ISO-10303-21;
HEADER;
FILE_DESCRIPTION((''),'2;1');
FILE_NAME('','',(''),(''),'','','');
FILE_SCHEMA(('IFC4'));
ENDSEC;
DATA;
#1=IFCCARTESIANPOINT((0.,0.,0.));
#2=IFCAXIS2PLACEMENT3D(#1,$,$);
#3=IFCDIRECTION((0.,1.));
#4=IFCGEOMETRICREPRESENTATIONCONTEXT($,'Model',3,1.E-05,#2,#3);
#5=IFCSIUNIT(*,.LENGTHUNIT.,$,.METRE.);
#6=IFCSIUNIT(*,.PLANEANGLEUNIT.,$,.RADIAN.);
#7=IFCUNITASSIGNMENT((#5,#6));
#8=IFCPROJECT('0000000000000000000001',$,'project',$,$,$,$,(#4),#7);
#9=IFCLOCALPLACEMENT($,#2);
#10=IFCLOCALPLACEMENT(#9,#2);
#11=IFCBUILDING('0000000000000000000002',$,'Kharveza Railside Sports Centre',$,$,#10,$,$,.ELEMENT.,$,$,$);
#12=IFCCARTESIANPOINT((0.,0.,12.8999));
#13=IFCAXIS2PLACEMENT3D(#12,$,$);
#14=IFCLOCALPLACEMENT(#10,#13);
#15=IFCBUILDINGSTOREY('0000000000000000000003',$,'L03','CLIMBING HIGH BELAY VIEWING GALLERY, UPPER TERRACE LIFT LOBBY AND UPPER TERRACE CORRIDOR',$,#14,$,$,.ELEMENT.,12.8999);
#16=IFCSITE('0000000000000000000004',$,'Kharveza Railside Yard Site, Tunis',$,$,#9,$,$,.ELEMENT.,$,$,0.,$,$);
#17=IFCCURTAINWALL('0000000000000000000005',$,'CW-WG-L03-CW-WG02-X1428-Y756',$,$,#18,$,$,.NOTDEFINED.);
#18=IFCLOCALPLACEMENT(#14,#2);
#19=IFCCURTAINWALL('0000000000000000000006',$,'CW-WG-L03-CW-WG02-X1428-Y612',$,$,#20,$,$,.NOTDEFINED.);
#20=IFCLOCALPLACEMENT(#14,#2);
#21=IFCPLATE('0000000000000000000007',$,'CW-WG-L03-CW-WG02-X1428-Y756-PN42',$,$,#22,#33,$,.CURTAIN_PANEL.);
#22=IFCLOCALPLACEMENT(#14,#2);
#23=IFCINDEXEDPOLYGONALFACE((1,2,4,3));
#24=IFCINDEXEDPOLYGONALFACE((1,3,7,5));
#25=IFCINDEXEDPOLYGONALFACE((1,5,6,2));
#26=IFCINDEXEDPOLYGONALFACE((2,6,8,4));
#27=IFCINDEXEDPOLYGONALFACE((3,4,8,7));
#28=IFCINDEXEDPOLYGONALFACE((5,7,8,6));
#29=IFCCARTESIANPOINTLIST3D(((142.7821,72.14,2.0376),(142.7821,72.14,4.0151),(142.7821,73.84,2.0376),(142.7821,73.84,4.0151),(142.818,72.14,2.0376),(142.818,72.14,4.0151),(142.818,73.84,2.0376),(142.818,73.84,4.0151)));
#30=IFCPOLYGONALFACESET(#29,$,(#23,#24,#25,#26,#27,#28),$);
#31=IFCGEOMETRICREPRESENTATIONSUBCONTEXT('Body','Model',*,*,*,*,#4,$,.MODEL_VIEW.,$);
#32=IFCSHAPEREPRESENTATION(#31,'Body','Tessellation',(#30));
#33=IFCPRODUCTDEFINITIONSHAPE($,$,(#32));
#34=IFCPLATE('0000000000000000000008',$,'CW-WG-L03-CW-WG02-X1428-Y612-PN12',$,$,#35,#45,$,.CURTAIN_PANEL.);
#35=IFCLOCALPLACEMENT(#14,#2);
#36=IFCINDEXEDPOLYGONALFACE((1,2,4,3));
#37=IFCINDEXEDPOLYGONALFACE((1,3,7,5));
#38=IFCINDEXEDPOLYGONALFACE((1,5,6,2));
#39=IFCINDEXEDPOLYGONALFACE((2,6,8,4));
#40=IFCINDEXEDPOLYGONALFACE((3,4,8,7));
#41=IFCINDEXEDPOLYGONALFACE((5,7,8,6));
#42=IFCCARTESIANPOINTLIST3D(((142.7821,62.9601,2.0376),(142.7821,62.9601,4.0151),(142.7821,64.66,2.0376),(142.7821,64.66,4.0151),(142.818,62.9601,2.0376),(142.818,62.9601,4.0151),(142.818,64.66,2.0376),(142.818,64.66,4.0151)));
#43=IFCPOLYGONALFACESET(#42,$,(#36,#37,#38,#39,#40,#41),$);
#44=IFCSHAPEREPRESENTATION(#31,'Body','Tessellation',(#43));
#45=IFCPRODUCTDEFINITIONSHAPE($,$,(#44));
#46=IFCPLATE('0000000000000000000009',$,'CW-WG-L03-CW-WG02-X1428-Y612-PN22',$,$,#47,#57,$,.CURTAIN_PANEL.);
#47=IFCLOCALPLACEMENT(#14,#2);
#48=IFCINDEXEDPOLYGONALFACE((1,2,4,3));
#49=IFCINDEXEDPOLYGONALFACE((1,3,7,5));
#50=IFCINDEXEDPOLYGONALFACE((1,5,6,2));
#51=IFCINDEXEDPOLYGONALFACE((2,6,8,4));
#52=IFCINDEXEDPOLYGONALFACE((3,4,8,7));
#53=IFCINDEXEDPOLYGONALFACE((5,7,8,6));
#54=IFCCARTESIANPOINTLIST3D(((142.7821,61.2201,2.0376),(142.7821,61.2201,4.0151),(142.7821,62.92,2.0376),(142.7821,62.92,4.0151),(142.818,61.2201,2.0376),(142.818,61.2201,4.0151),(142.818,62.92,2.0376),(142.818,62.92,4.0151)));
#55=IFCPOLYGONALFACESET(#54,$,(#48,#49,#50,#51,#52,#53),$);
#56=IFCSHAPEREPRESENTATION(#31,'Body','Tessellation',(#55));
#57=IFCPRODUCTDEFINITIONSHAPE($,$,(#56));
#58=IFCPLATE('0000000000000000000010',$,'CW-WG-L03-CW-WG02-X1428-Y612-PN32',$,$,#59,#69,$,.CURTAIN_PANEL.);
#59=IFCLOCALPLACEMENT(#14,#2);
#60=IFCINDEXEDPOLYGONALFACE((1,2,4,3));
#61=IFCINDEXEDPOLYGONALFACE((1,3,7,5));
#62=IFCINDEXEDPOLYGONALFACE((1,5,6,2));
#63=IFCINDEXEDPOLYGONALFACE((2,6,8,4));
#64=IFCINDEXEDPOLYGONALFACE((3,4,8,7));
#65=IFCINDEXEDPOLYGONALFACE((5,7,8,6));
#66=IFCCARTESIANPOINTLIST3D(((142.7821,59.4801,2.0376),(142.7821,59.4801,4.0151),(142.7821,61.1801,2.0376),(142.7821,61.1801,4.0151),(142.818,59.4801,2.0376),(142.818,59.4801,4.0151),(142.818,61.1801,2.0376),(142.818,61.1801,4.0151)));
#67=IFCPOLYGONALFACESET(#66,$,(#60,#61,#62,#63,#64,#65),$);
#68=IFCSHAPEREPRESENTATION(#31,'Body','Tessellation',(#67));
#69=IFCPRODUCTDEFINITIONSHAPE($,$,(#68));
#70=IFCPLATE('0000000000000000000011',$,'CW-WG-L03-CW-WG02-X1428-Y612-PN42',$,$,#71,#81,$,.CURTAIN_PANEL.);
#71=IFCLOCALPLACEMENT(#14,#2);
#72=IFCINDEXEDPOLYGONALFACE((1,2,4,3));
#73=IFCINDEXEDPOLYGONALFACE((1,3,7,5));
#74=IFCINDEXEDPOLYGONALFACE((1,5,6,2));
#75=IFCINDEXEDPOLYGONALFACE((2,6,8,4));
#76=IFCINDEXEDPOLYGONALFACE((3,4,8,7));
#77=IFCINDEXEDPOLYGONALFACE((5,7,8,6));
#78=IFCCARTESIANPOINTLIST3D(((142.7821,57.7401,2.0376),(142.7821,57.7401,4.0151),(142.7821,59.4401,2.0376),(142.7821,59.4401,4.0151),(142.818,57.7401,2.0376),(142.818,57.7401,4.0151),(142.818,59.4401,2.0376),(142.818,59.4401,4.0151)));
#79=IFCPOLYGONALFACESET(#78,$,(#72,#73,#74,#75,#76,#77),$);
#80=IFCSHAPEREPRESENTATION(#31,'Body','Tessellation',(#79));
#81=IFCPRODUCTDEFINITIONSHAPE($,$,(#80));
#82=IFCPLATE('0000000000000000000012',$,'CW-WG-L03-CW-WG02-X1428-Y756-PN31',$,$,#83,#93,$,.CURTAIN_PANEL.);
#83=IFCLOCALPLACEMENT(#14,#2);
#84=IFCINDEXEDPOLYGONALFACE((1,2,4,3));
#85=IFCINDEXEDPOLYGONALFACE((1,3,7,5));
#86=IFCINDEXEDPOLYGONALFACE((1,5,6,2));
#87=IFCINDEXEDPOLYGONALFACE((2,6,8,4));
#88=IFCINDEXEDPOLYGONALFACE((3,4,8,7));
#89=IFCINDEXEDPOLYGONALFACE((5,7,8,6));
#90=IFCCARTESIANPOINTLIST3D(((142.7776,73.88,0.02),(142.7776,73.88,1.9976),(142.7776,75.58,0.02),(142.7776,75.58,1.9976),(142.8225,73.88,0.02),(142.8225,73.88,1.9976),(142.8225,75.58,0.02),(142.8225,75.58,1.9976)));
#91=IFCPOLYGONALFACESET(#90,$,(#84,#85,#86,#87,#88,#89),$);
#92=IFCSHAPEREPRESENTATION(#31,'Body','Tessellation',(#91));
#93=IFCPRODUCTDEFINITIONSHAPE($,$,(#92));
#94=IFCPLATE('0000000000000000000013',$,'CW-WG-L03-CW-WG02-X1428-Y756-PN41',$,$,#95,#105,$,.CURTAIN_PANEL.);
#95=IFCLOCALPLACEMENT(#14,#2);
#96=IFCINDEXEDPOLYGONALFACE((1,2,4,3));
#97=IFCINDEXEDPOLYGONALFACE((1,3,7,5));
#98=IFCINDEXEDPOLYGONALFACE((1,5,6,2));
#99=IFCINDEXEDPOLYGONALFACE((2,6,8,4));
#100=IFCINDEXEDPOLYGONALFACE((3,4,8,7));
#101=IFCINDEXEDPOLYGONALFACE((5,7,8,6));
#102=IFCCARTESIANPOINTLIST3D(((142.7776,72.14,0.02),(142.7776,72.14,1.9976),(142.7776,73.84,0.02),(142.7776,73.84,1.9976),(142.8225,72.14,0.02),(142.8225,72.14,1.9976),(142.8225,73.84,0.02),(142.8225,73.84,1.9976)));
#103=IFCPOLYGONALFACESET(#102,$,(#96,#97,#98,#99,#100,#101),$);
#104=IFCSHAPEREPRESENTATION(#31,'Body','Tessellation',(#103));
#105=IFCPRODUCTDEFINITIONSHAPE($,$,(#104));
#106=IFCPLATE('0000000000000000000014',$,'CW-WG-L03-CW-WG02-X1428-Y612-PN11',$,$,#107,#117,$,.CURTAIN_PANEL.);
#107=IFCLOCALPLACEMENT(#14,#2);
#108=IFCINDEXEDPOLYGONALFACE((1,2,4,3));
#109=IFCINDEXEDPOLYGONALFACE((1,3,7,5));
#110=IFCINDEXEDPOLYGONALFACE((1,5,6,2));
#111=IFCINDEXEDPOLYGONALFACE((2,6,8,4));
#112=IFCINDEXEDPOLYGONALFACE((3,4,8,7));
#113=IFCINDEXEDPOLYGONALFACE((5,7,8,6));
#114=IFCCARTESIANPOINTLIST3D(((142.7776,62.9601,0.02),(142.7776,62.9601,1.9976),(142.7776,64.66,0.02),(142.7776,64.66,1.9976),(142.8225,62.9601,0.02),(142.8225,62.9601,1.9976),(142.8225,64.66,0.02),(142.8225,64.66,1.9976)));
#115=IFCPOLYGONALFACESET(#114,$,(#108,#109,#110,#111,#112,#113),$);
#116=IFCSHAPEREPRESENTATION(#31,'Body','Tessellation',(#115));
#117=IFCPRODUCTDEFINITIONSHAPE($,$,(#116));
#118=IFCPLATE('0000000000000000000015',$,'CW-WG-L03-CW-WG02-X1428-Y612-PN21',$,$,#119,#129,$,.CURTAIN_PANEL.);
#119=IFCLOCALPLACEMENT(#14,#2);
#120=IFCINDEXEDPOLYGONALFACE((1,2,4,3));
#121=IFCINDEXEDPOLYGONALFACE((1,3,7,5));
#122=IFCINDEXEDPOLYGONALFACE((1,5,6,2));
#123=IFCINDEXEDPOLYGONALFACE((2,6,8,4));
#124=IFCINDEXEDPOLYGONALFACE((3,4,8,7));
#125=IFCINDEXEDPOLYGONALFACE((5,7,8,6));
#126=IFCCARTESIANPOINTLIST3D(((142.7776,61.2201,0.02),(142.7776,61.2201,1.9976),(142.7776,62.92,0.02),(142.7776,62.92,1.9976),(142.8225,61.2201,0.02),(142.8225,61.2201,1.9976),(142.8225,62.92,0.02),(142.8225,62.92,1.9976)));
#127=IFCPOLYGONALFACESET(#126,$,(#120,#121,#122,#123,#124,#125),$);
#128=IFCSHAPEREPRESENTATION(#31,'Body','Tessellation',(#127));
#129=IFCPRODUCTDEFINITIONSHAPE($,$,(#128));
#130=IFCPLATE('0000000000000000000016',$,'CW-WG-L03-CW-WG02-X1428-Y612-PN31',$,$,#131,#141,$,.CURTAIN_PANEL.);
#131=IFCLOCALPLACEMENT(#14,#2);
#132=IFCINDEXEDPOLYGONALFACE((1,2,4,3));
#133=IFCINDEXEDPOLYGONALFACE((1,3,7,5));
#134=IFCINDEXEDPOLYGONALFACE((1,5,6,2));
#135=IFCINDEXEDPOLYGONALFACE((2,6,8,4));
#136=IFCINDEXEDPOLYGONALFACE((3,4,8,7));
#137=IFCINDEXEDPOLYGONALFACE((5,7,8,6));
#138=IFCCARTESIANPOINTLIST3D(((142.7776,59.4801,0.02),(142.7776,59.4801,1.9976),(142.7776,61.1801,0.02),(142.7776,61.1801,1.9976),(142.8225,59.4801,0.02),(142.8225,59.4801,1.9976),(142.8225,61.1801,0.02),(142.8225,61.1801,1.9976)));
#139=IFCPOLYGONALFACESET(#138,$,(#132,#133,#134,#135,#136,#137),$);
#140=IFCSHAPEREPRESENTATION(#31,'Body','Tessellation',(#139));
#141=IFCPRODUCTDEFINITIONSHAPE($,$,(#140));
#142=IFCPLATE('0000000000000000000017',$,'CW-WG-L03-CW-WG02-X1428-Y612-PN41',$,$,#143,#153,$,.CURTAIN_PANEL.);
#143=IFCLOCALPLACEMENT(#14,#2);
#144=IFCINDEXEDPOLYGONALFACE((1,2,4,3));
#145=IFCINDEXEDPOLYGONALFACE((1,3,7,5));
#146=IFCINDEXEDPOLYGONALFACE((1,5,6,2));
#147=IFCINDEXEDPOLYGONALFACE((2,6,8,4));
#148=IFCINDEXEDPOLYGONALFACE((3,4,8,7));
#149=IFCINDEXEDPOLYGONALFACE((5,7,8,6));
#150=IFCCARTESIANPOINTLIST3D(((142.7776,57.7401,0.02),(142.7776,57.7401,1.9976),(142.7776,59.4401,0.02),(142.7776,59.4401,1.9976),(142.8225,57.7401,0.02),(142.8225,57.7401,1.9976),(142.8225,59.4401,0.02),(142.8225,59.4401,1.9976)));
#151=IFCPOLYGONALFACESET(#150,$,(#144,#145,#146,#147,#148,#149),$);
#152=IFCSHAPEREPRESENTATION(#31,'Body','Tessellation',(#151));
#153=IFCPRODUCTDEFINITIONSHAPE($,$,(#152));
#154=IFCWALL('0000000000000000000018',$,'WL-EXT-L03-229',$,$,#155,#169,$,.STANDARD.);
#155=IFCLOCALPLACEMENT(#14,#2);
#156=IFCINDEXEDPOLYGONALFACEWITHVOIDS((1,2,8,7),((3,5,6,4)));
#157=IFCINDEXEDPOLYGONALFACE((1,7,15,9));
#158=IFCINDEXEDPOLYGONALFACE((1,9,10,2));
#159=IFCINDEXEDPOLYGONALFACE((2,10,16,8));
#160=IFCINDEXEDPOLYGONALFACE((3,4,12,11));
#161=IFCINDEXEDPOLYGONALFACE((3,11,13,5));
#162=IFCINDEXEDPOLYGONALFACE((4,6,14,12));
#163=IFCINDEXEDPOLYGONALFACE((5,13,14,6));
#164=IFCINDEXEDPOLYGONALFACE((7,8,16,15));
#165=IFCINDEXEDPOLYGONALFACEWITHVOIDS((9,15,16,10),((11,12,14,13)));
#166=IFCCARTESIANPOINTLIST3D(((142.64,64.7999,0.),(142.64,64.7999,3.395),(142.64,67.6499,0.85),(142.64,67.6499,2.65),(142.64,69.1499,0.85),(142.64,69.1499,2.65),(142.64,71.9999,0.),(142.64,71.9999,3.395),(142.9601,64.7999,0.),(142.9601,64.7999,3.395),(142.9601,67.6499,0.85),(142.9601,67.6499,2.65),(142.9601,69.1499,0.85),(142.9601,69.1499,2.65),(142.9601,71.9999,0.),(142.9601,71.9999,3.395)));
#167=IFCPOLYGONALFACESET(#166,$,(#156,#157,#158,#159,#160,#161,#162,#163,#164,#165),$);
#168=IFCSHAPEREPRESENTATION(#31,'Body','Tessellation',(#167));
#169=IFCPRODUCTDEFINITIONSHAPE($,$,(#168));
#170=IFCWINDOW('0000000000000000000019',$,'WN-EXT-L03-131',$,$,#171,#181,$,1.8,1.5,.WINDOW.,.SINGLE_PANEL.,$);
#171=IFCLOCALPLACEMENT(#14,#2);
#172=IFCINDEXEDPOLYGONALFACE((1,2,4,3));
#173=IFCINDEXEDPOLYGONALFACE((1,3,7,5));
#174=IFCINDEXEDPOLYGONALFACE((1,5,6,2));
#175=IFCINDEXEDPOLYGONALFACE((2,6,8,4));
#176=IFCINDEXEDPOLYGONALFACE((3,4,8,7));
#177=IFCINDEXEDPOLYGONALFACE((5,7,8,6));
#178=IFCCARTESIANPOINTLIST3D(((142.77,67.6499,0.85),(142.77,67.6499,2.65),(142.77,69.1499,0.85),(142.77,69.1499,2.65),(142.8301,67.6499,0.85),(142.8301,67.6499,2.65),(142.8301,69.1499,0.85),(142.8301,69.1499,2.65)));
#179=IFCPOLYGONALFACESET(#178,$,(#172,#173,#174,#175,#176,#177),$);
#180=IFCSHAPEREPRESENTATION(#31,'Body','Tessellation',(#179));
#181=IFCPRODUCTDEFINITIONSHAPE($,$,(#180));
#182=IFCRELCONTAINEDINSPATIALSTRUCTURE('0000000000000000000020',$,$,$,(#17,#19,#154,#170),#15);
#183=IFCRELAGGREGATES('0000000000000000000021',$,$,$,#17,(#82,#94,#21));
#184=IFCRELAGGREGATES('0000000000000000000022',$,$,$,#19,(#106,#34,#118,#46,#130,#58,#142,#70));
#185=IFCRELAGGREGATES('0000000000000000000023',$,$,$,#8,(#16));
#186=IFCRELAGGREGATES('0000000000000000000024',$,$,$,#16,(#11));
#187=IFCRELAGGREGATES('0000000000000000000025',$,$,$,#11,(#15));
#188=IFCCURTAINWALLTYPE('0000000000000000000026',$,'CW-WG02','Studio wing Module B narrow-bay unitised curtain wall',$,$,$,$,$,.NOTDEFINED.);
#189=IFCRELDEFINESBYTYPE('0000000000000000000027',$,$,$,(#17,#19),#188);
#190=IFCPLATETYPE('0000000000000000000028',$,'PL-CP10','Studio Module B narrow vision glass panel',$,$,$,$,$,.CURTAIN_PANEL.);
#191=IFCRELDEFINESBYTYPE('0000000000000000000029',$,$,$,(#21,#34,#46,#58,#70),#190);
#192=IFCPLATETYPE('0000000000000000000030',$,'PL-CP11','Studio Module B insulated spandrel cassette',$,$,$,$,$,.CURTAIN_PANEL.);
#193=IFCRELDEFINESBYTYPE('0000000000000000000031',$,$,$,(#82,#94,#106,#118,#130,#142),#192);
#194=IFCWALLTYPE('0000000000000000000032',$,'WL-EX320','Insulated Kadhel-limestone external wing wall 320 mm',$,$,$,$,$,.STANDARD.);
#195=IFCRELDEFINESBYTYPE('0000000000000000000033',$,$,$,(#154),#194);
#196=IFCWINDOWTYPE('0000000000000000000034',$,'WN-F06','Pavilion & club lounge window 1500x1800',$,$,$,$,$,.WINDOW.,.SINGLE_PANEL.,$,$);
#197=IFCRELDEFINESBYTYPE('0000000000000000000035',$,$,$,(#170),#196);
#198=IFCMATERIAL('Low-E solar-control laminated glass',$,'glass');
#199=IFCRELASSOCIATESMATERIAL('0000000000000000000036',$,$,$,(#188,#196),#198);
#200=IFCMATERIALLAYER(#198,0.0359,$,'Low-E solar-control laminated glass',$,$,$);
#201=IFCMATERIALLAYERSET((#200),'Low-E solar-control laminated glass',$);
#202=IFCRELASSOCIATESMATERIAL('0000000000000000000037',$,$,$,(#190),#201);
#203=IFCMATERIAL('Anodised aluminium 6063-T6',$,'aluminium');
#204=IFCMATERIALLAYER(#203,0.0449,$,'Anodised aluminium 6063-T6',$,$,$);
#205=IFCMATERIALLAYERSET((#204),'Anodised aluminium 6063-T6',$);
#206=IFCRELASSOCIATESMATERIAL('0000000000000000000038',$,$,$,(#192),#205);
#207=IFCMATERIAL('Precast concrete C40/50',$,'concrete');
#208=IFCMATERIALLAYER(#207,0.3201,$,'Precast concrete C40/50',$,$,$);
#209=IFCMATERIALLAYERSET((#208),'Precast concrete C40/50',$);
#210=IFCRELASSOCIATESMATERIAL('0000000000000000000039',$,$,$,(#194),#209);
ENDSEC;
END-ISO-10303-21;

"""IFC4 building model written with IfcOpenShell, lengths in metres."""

from ifc_helpers import new_model, si_unit, direction, frame, frame_2d, origin, origin_2d, place, context, subcontext, project, spatial, rectangle, extrude, material, layer, layer_set, type_object, element, fill, aggregate, save


model = new_model("IFC4")

# Units and contexts
model_context = context("Model", 3, precision=1e-05, world=origin(), true_north=direction((0.0, 1.0)))
body_context = subcontext(model_context, "Body", "Model", "MODEL_VIEW")
ifc_project = project(units=[si_unit("LENGTHUNIT", "METRE"), si_unit("PLANEANGLEUNIT", "RADIAN")], contexts=[model_context])

# Site, building, storey
site_placement = place(None, origin())
site = spatial("IfcSite", under=ifc_project, at=site_placement, Name="Kharveza Railside Yard Site, Tunis", CompositionType="ELEMENT", RefElevation=0.0)
building_placement = place(site_placement, origin())
building = spatial("IfcBuilding", under=site, at=building_placement, Name="Kharveza Railside Sports Centre", CompositionType="ELEMENT")
storey_placement = place(building_placement, frame((0.0, 0.0, 12.8999)))
storey = spatial("IfcBuildingStorey", under=building, at=storey_placement, Name="L03", Description="CLIMBING HIGH BELAY VIEWING GALLERY, UPPER TERRACE LIFT LOBBY AND UPPER TERRACE CORRIDOR", CompositionType="ELEMENT", Elevation=12.8999)

# Curtain walls
ifc_material_1 = material(Name="Low-E solar-control laminated glass", Category="glass")
curtain_wall_type = type_object("IfcCurtainWallType", Name="CW-WG02", Description="Studio wing Module B narrow-bay unitised curtain wall", PredefinedType="NOTDEFINED", material=ifc_material_1)
curtain_wall_1_placement = place(storey_placement, origin())
curtain_wall_1 = element("IfcCurtainWall", 1, at=curtain_wall_1_placement, inside=storey, type_object=curtain_wall_type, Name="CW-WG-L03-CW-WG02-X1428-Y756", PredefinedType="NOTDEFINED")
ifc_material_2 = material(Name="Anodised aluminium 6063-T6", Category="aluminium")
curtain_wall_2_placement = place(storey_placement, origin())
curtain_wall_2 = element("IfcCurtainWall", 2, at=curtain_wall_2_placement, inside=storey, type_object=curtain_wall_type, Name="CW-WG-L03-CW-WG02-X1428-Y612", PredefinedType="NOTDEFINED")

# Plates
ifc_layer_1 = layer(ifc_material_1, 0.0359, Name="Low-E solar-control laminated glass")
ifc_layer_set_1 = layer_set([ifc_layer_1], Name="Low-E solar-control laminated glass")
plate_type_1 = type_object("IfcPlateType", Name="PL-CP10", Description="Studio Module B narrow vision glass panel", PredefinedType="CURTAIN_PANEL", material=ifc_layer_set_1)
plate_1_placement = place(storey_placement, frame((142.8, 72.99, 2.0376), z_axis=(0.0, 0.0, 1.0), x_axis=(0.0, -1.0, 0.0)))
plate_1 = element("IfcPlate", 3, at=plate_1_placement, type_object=plate_type_1, Name="CW-WG-L03-CW-WG02-X1428-Y756-PN42", PredefinedType="CURTAIN_PANEL", context=body_context, shape_type="SweptSolid", body=[
    extrude(rectangle(XDim=1.7, YDim=0.0359, at=origin_2d()), origin(), (0.0, 0.0, 1.0), 1.9775),
])
plate_2_placement = place(storey_placement, frame((142.8, 63.8101, 2.0376), z_axis=(0.0, 0.0, 1.0), x_axis=(0.0, -1.0, 0.0)))
plate_2 = element("IfcPlate", 4, at=plate_2_placement, type_object=plate_type_1, Name="CW-WG-L03-CW-WG02-X1428-Y612-PN12", PredefinedType="CURTAIN_PANEL", context=body_context, shape_type="SweptSolid", body=[
    extrude(rectangle(XDim=1.7, YDim=0.0359, at=origin_2d()), origin(), (0.0, 0.0, 1.0), 1.9775),
])
plate_3_placement = place(storey_placement, frame((142.8, 62.0701, 2.0376), z_axis=(0.0, 0.0, 1.0), x_axis=(0.0, -1.0, 0.0)))
plate_3 = element("IfcPlate", 5, at=plate_3_placement, type_object=plate_type_1, Name="CW-WG-L03-CW-WG02-X1428-Y612-PN22", PredefinedType="CURTAIN_PANEL", context=body_context, shape_type="SweptSolid", body=[
    extrude(rectangle(XDim=1.7, YDim=0.0359, at=origin_2d()), origin(), (0.0, 0.0, 1.0), 1.9775),
])
plate_4_placement = place(storey_placement, frame((142.8, 60.3301, 2.0376), z_axis=(0.0, 0.0, 1.0), x_axis=(0.0, -1.0, 0.0)))
plate_4 = element("IfcPlate", 6, at=plate_4_placement, type_object=plate_type_1, Name="CW-WG-L03-CW-WG02-X1428-Y612-PN32", PredefinedType="CURTAIN_PANEL", context=body_context, shape_type="SweptSolid", body=[
    extrude(rectangle(XDim=1.7, YDim=0.0359, at=origin_2d()), origin(), (0.0, 0.0, 1.0), 1.9775),
])
plate_5_placement = place(storey_placement, frame((142.8, 58.5901, 2.0376), z_axis=(0.0, 0.0, 1.0), x_axis=(0.0, -1.0, 0.0)))
plate_5 = element("IfcPlate", 7, at=plate_5_placement, type_object=plate_type_1, Name="CW-WG-L03-CW-WG02-X1428-Y612-PN42", PredefinedType="CURTAIN_PANEL", context=body_context, shape_type="SweptSolid", body=[
    extrude(rectangle(XDim=1.7, YDim=0.0359, at=origin_2d()), origin(), (0.0, 0.0, 1.0), 1.9775),
])
ifc_layer_2 = layer(ifc_material_2, 0.0449, Name="Anodised aluminium 6063-T6")
ifc_layer_set_2 = layer_set([ifc_layer_2], Name="Anodised aluminium 6063-T6")
plate_type_2 = type_object("IfcPlateType", Name="PL-CP11", Description="Studio Module B insulated spandrel cassette", PredefinedType="CURTAIN_PANEL", material=ifc_layer_set_2)
plate_6_placement = place(storey_placement, frame((142.8, 74.73, 0.02), z_axis=(0.0, 0.0, 1.0), x_axis=(0.0, -1.0, 0.0)))
plate_6 = element("IfcPlate", 8, at=plate_6_placement, type_object=plate_type_2, Name="CW-WG-L03-CW-WG02-X1428-Y756-PN31", PredefinedType="CURTAIN_PANEL", context=body_context, shape_type="SweptSolid", body=[
    extrude(rectangle(XDim=1.7, YDim=0.0449, at=origin_2d()), origin(), (0.0, 0.0, 1.0), 1.9775),
])
plate_7_placement = place(storey_placement, frame((142.8, 72.99, 0.02), z_axis=(0.0, 0.0, 1.0), x_axis=(0.0, -1.0, 0.0)))
plate_7 = element("IfcPlate", 9, at=plate_7_placement, type_object=plate_type_2, Name="CW-WG-L03-CW-WG02-X1428-Y756-PN41", PredefinedType="CURTAIN_PANEL", context=body_context, shape_type="SweptSolid", body=[
    extrude(rectangle(XDim=1.7, YDim=0.0449, at=origin_2d()), origin(), (0.0, 0.0, 1.0), 1.9775),
])
aggregate(curtain_wall_1, [plate_6, plate_7, plate_1])
plate_8_placement = place(storey_placement, frame((142.8, 63.8101, 0.02), z_axis=(0.0, 0.0, 1.0), x_axis=(0.0, -1.0, 0.0)))
plate_8 = element("IfcPlate", 10, at=plate_8_placement, type_object=plate_type_2, Name="CW-WG-L03-CW-WG02-X1428-Y612-PN11", PredefinedType="CURTAIN_PANEL", context=body_context, shape_type="SweptSolid", body=[
    extrude(rectangle(XDim=1.7, YDim=0.0449, at=origin_2d()), origin(), (0.0, 0.0, 1.0), 1.9775),
])
plate_9_placement = place(storey_placement, frame((142.8, 62.0701, 0.02), z_axis=(0.0, 0.0, 1.0), x_axis=(0.0, -1.0, 0.0)))
plate_9 = element("IfcPlate", 11, at=plate_9_placement, type_object=plate_type_2, Name="CW-WG-L03-CW-WG02-X1428-Y612-PN21", PredefinedType="CURTAIN_PANEL", context=body_context, shape_type="SweptSolid", body=[
    extrude(rectangle(XDim=1.7, YDim=0.0449, at=origin_2d()), origin(), (0.0, 0.0, 1.0), 1.9775),
])
plate_10_placement = place(storey_placement, frame((142.8, 60.3301, 0.02), z_axis=(0.0, 0.0, 1.0), x_axis=(0.0, -1.0, 0.0)))
plate_10 = element("IfcPlate", 12, at=plate_10_placement, type_object=plate_type_2, Name="CW-WG-L03-CW-WG02-X1428-Y612-PN31", PredefinedType="CURTAIN_PANEL", context=body_context, shape_type="SweptSolid", body=[
    extrude(rectangle(XDim=1.7, YDim=0.0449, at=origin_2d()), origin(), (0.0, 0.0, 1.0), 1.9775),
])
plate_11_placement = place(storey_placement, frame((142.8, 58.5901, 0.02), z_axis=(0.0, 0.0, 1.0), x_axis=(0.0, -1.0, 0.0)))
plate_11 = element("IfcPlate", 13, at=plate_11_placement, type_object=plate_type_2, Name="CW-WG-L03-CW-WG02-X1428-Y612-PN41", PredefinedType="CURTAIN_PANEL", context=body_context, shape_type="SweptSolid", body=[
    extrude(rectangle(XDim=1.7, YDim=0.0449, at=origin_2d()), origin(), (0.0, 0.0, 1.0), 1.9775),
])
aggregate(curtain_wall_2, [plate_8, plate_2, plate_9, plate_3, plate_10, plate_4, plate_11, plate_5])

# Wall, opening, window
ifc_material_3 = material(Name="Precast concrete C40/50", Category="concrete")
ifc_layer_3 = layer(ifc_material_3, 0.3201, Name="Precast concrete C40/50")
ifc_layer_set_3 = layer_set([ifc_layer_3], Name="Precast concrete C40/50")
wall_type = type_object("IfcWallType", Name="WL-EX320", Description="Insulated Kadhel-limestone external wing wall 320 mm", PredefinedType="STANDARD", material=ifc_layer_set_3)
wall_1_placement = place(storey_placement, frame((142.8, 72.0, 0.0), z_axis=(0.0, 0.0, 1.0), x_axis=(0.0, -1.0, 0.0)))
wall_1 = element("IfcWall", 14, at=wall_1_placement, inside=storey, type_object=wall_type, Name="WL-EXT-L03-229", PredefinedType="STANDARD", context=body_context, shape_type="SweptSolid", body=[
    extrude(rectangle(XDim=7.2, YDim=0.3201, at=frame_2d((3.6001, 0.0))), origin(), (0.0, 0.0, 1.0), 3.395),
])
opening_1_placement = place(wall_1_placement, frame((2.8501, 0.0, 0.8501)))
opening_1 = element("IfcOpeningElement", 15, at=opening_1_placement, cuts=wall_1, PredefinedType="OPENING", context=body_context, shape_type="SweptSolid", body=[
    extrude(rectangle(XDim=1.5, YDim=1.8, at=frame_2d((0.75, 0.8999))), frame((0.0, 0.1851, 0.0), z_axis=(0.0, -1.0, 0.0), x_axis=(1.0, 0.0, 0.0)), (0.0, 0.0, 1.0), 0.3699),
])
window_type_1 = type_object("IfcWindowType", Name="WN-F06", Description="Pavilion & club lounge window 1500x1800", PartitioningType="SINGLE_PANEL", PredefinedType="WINDOW", material=ifc_material_1)
window_1_placement = place(opening_1_placement, origin())
window_1 = element("IfcWindow", 16, at=window_1_placement, inside=storey, type_object=window_type_1, Name="WN-EXT-L03-131", OverallHeight=1.8, OverallWidth=1.5, PartitioningType="SINGLE_PANEL", PredefinedType="WINDOW", context=body_context, shape_type="SweptSolid", body=[
    extrude(rectangle(XDim=1.5, YDim=1.8, at=frame_2d((0.75, 0.8999))), frame((0.0, 0.03, 0.0), z_axis=(0.0, -1.0, 0.0), x_axis=(1.0, 0.0, 0.0)), (0.0, 0.0, 1.0), 0.0601),
])
fill(opening_1, window_1)

save(model, "model.ifc")
